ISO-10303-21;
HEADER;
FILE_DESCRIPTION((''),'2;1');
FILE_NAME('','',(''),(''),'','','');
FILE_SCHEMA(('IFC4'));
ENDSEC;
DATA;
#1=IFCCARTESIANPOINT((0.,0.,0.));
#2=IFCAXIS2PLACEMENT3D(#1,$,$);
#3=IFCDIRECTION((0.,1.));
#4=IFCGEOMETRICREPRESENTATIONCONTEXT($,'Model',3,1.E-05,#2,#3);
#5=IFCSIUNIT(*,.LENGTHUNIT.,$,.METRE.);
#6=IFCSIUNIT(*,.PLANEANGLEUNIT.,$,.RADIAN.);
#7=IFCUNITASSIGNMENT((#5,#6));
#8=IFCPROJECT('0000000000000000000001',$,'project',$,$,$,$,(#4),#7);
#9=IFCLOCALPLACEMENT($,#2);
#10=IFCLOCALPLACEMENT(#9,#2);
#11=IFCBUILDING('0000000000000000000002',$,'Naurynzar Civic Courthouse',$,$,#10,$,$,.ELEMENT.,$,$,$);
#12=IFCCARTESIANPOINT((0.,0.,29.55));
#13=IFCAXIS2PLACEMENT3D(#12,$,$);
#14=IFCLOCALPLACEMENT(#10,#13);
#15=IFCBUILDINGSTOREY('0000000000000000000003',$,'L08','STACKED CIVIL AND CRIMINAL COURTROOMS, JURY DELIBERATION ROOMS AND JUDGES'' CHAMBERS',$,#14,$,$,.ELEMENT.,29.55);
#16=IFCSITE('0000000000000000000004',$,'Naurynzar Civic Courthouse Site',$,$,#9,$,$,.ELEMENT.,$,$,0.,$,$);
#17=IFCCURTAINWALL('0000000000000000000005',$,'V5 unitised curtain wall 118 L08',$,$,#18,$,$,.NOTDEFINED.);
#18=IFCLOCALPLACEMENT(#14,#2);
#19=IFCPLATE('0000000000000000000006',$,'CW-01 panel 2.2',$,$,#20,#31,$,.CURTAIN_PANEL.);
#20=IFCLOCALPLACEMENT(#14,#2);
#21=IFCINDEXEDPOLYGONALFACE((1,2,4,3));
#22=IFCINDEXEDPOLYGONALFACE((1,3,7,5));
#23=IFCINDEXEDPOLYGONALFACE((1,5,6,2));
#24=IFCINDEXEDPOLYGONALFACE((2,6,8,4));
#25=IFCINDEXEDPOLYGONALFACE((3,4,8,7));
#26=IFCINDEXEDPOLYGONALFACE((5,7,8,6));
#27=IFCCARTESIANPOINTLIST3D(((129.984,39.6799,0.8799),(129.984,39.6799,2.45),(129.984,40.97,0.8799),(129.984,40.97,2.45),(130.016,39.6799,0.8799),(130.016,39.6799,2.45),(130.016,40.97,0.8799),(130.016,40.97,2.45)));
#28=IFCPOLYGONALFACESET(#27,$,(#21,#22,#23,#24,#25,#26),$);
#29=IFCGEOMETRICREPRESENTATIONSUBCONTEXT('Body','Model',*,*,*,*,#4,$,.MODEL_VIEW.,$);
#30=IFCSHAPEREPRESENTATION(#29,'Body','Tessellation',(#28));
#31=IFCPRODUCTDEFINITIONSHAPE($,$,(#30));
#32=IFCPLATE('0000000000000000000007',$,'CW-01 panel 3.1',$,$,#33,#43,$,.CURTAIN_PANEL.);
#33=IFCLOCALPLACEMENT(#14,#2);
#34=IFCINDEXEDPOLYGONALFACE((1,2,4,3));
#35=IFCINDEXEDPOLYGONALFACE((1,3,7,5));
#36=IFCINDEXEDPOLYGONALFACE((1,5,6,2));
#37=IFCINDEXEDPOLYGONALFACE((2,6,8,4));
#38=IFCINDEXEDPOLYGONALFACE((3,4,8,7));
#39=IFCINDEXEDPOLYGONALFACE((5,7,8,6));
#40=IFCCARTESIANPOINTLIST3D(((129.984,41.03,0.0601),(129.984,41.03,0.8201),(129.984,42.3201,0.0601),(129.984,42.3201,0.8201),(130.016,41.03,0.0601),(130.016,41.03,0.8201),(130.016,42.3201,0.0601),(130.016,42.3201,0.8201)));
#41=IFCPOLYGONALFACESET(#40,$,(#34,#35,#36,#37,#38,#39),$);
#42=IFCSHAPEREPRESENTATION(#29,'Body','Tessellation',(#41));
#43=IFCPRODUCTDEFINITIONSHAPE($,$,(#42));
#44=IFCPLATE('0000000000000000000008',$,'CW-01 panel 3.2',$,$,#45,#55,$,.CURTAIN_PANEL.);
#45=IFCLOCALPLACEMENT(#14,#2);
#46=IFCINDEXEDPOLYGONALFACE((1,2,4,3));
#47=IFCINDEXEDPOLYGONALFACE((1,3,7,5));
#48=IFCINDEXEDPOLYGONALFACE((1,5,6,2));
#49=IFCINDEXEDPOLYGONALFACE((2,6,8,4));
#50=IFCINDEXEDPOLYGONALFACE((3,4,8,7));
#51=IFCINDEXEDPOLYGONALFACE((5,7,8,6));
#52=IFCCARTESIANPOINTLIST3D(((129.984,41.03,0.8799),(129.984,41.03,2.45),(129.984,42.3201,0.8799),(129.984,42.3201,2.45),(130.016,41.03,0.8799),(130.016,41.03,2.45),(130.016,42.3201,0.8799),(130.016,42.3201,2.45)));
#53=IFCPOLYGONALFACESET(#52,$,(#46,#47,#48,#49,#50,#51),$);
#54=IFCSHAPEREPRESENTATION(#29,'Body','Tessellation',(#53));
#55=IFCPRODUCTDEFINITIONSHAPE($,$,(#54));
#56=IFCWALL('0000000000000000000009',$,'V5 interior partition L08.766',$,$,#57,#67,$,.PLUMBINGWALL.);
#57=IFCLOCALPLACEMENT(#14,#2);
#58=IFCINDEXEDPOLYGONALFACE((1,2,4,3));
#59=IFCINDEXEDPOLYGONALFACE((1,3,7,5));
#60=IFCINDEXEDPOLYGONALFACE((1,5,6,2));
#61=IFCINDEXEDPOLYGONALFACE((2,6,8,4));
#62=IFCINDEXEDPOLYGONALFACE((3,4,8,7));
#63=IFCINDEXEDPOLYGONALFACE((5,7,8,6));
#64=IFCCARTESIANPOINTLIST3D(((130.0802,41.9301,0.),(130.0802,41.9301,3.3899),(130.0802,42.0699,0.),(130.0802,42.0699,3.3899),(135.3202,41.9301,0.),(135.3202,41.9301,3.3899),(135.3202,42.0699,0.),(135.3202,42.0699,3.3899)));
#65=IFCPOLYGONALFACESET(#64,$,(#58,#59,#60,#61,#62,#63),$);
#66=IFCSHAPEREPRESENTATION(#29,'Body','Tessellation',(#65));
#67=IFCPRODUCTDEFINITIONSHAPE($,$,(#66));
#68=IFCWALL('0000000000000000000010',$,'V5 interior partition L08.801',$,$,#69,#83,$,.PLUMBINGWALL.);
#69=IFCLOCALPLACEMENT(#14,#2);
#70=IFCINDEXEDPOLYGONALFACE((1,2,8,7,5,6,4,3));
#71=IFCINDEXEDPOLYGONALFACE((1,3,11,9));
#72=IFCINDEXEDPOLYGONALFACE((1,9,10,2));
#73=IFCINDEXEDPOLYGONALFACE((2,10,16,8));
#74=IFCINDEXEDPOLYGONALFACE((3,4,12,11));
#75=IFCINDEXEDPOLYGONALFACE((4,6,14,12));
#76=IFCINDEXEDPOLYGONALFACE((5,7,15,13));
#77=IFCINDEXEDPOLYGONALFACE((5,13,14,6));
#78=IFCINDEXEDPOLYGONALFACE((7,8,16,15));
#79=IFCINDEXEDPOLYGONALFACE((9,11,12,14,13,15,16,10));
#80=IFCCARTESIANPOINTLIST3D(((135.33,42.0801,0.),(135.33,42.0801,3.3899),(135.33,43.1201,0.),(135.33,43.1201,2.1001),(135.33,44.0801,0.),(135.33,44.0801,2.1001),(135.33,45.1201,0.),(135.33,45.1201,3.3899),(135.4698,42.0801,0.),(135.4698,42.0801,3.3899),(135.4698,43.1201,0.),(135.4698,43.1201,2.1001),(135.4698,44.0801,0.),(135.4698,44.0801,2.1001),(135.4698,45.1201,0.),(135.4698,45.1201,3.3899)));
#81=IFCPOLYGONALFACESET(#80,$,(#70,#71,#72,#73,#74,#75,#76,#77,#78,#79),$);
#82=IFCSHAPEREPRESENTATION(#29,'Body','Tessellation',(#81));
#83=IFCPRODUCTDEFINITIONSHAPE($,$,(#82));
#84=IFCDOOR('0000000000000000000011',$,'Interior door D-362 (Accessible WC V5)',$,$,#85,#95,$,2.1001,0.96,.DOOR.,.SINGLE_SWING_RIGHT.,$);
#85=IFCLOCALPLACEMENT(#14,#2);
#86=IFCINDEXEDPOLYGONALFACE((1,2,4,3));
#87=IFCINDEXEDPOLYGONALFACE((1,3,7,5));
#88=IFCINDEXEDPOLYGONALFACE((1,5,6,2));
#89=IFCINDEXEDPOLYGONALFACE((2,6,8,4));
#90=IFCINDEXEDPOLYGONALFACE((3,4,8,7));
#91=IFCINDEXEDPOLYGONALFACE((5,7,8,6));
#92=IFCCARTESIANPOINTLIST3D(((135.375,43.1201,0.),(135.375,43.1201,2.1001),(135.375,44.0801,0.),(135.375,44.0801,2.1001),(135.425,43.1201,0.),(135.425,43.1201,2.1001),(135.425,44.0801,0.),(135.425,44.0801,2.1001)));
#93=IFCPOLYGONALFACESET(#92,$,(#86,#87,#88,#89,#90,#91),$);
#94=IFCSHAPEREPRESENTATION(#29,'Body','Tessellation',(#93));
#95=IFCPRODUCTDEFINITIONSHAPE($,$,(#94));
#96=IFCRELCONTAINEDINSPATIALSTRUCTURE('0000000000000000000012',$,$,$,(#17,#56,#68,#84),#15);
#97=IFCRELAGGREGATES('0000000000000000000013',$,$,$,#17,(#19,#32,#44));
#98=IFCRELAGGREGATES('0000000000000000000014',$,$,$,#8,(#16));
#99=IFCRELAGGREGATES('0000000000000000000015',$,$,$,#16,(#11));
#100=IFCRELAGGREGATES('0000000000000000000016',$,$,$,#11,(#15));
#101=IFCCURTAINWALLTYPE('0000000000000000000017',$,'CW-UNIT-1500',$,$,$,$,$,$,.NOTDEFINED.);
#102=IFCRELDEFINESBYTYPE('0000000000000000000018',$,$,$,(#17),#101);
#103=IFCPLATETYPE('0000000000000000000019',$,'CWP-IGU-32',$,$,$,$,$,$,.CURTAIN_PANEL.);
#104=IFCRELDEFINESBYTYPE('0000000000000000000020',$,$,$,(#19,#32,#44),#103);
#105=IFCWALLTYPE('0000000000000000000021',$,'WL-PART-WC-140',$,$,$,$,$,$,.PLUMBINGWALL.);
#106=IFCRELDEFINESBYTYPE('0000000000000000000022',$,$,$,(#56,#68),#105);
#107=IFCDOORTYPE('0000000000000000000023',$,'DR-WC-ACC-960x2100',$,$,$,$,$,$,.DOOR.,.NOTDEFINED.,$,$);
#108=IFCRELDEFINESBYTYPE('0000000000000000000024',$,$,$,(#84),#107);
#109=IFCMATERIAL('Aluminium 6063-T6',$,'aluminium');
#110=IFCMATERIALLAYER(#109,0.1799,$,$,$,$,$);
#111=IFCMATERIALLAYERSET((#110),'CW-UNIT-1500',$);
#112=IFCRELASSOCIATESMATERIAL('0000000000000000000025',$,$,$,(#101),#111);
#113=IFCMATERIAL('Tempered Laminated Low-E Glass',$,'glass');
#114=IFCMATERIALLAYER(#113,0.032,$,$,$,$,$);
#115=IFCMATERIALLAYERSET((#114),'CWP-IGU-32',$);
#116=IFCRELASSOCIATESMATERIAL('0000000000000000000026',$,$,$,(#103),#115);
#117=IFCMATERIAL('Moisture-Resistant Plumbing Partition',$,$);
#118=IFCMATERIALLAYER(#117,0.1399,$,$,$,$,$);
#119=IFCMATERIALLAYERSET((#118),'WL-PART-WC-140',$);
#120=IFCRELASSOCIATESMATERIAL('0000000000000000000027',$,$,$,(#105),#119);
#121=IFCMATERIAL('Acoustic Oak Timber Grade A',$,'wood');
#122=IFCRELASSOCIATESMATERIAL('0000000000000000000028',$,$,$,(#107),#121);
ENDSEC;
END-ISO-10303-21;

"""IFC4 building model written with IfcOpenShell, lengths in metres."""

from ifc_helpers import new_model, si_unit, direction, frame, frame_2d, origin, origin_2d, place, context, subcontext, project, spatial, rectangle, extrude, material, layer, layer_set, type_object, element, fill, aggregate, save


model = new_model("IFC4")

# Units and contexts
model_context = context("Model", 3, precision=1e-05, world=origin(), true_north=direction((0.0, 1.0)))
body_context = subcontext(model_context, "Body", "Model", "MODEL_VIEW")
ifc_project = project(units=[si_unit("LENGTHUNIT", "METRE"), si_unit("PLANEANGLEUNIT", "RADIAN")], contexts=[model_context])

# Site, building, storey
site_placement = place(None, origin())
site = spatial("IfcSite", under=ifc_project, at=site_placement, Name="Naurynzar Civic Courthouse Site", CompositionType="ELEMENT", RefElevation=0.0)
building_placement = place(site_placement, origin())
building = spatial("IfcBuilding", under=site, at=building_placement, Name="Naurynzar Civic Courthouse", CompositionType="ELEMENT")
storey_placement = place(building_placement, frame((0.0, 0.0, 29.55)))
storey = spatial("IfcBuildingStorey", under=building, at=storey_placement, Name="L08", Description="STACKED CIVIL AND CRIMINAL COURTROOMS, JURY DELIBERATION ROOMS AND JUDGES' CHAMBERS", CompositionType="ELEMENT", Elevation=29.55)

# Curtain wall, plates
ifc_material_1 = material(Name="Aluminium 6063-T6", Category="aluminium")
ifc_layer_1 = layer(ifc_material_1, 0.1799)
ifc_layer_set_1 = layer_set([ifc_layer_1], Name="CW-UNIT-1500")
curtain_wall_type = type_object("IfcCurtainWallType", Name="CW-UNIT-1500", PredefinedType="NOTDEFINED", material=ifc_layer_set_1)
curtain_wall_placement = place(storey_placement, origin())
curtain_wall = element("IfcCurtainWall", 1, at=curtain_wall_placement, inside=storey, type_object=curtain_wall_type, Name="V5 unitised curtain wall 118 L08", PredefinedType="NOTDEFINED")
ifc_material_2 = material(Name="Tempered Laminated Low-E Glass", Category="glass")
ifc_layer_2 = layer(ifc_material_2, 0.032)
ifc_layer_set_2 = layer_set([ifc_layer_2], Name="CWP-IGU-32")
plate_type = type_object("IfcPlateType", Name="CWP-IGU-32", PredefinedType="CURTAIN_PANEL", material=ifc_layer_set_2)
plate_1_placement = place(storey_placement, frame((130.0, 40.325, 0.8799), z_axis=(0.0, 0.0, 1.0), x_axis=(0.0, 1.0, 0.0)))
plate_1 = element("IfcPlate", 2, at=plate_1_placement, type_object=plate_type, Name="CW-01 panel 2.2", PredefinedType="CURTAIN_PANEL", context=body_context, shape_type="SweptSolid", body=[
    extrude(rectangle(XDim=1.29, YDim=0.032, at=origin_2d()), origin(), (0.0, 0.0, 1.0), 1.5701),
])
plate_2_placement = place(storey_placement, frame((130.0, 41.675, 0.0601), z_axis=(0.0, 0.0, 1.0), x_axis=(0.0, 1.0, 0.0)))
plate_2 = element("IfcPlate", 3, at=plate_2_placement, type_object=plate_type, Name="CW-01 panel 3.1", PredefinedType="CURTAIN_PANEL", context=body_context, shape_type="SweptSolid", body=[
    extrude(rectangle(XDim=1.29, YDim=0.032, at=origin_2d()), origin(), (0.0, 0.0, 1.0), 0.76),
])
plate_3_placement = place(storey_placement, frame((130.0, 41.675, 0.8799), z_axis=(0.0, 0.0, 1.0), x_axis=(0.0, 1.0, 0.0)))
plate_3 = element("IfcPlate", 4, at=plate_3_placement, type_object=plate_type, Name="CW-01 panel 3.2", PredefinedType="CURTAIN_PANEL", context=body_context, shape_type="SweptSolid", body=[
    extrude(rectangle(XDim=1.29, YDim=0.032, at=origin_2d()), origin(), (0.0, 0.0, 1.0), 1.5701),
])
aggregate(curtain_wall, [plate_1, plate_2, plate_3])

# Wall
ifc_material_3 = material(Name="Moisture-Resistant Plumbing Partition")
ifc_layer_3 = layer(ifc_material_3, 0.1399)
ifc_layer_set_3 = layer_set([ifc_layer_3], Name="WL-PART-WC-140")
wall_type = type_object("IfcWallType", Name="WL-PART-WC-140", PredefinedType="PLUMBINGWALL", material=ifc_layer_set_3)
wall_1_placement = place(storey_placement, frame((130.0801, 42.0, 0.0), z_axis=(0.0, 0.0, 1.0), x_axis=(1.0, 0.0, 0.0)))
element("IfcWall", 5, at=wall_1_placement, inside=storey, type_object=wall_type, Name="V5 interior partition L08.766", PredefinedType="PLUMBINGWALL", context=body_context, shape_type="SweptSolid", body=[
    extrude(rectangle(XDim=5.24, YDim=0.1399, at=frame_2d((2.6201, 0.0))), origin(), (0.0, 0.0, 1.0), 3.3899),
])

# Wall, opening, door
wall_2_placement = place(storey_placement, frame((135.3999, 42.0801, 0.0), z_axis=(0.0, 0.0, 1.0), x_axis=(0.0, 1.0, 0.0)))
wall_2 = element("IfcWall", 6, at=wall_2_placement, inside=storey, type_object=wall_type, Name="V5 interior partition L08.801", PredefinedType="PLUMBINGWALL", context=body_context, shape_type="SweptSolid", body=[
    extrude(rectangle(XDim=3.04, YDim=0.1399, at=frame_2d((1.52, 0.0))), origin(), (0.0, 0.0, 1.0), 3.3899),
])
opening_placement = place(wall_2_placement, frame((1.04, 0.0, 0.0)))
opening = element("IfcOpeningElement", 7, at=opening_placement, cuts=wall_2, PredefinedType="OPENING", context=body_context, shape_type="SweptSolid", body=[
    extrude(rectangle(XDim=0.96, YDim=2.1001, at=frame_2d((0.48, 1.05))), frame((0.0, 0.0798, 0.0), z_axis=(0.0, -1.0, 0.0), x_axis=(1.0, 0.0, 0.0)), (0.0, 0.0, 1.0), 0.1599),
])
ifc_material_4 = material(Name="Acoustic Oak Timber Grade A", Category="wood")
door_type = type_object("IfcDoorType", Name="DR-WC-ACC-960x2100", OperationType="NOTDEFINED", PredefinedType="DOOR", material=ifc_material_4)
door_placement = place(opening_placement, origin())
door = element("IfcDoor", 8, at=door_placement, inside=storey, type_object=door_type, Name="Interior door D-362 (Accessible WC V5)", OperationType="SINGLE_SWING_RIGHT", OverallHeight=2.1001, OverallWidth=0.96, PredefinedType="DOOR", context=body_context, shape_type="SweptSolid", body=[
    extrude(rectangle(XDim=0.96, YDim=2.1001, at=frame_2d((0.48, 1.05))), frame((0.0, 0.0249, 0.0), z_axis=(0.0, -1.0, 0.0), x_axis=(1.0, 0.0, 0.0)), (0.0, 0.0, 1.0), 0.05),
])
fill(opening, door)

save(model, "model.ifc")
